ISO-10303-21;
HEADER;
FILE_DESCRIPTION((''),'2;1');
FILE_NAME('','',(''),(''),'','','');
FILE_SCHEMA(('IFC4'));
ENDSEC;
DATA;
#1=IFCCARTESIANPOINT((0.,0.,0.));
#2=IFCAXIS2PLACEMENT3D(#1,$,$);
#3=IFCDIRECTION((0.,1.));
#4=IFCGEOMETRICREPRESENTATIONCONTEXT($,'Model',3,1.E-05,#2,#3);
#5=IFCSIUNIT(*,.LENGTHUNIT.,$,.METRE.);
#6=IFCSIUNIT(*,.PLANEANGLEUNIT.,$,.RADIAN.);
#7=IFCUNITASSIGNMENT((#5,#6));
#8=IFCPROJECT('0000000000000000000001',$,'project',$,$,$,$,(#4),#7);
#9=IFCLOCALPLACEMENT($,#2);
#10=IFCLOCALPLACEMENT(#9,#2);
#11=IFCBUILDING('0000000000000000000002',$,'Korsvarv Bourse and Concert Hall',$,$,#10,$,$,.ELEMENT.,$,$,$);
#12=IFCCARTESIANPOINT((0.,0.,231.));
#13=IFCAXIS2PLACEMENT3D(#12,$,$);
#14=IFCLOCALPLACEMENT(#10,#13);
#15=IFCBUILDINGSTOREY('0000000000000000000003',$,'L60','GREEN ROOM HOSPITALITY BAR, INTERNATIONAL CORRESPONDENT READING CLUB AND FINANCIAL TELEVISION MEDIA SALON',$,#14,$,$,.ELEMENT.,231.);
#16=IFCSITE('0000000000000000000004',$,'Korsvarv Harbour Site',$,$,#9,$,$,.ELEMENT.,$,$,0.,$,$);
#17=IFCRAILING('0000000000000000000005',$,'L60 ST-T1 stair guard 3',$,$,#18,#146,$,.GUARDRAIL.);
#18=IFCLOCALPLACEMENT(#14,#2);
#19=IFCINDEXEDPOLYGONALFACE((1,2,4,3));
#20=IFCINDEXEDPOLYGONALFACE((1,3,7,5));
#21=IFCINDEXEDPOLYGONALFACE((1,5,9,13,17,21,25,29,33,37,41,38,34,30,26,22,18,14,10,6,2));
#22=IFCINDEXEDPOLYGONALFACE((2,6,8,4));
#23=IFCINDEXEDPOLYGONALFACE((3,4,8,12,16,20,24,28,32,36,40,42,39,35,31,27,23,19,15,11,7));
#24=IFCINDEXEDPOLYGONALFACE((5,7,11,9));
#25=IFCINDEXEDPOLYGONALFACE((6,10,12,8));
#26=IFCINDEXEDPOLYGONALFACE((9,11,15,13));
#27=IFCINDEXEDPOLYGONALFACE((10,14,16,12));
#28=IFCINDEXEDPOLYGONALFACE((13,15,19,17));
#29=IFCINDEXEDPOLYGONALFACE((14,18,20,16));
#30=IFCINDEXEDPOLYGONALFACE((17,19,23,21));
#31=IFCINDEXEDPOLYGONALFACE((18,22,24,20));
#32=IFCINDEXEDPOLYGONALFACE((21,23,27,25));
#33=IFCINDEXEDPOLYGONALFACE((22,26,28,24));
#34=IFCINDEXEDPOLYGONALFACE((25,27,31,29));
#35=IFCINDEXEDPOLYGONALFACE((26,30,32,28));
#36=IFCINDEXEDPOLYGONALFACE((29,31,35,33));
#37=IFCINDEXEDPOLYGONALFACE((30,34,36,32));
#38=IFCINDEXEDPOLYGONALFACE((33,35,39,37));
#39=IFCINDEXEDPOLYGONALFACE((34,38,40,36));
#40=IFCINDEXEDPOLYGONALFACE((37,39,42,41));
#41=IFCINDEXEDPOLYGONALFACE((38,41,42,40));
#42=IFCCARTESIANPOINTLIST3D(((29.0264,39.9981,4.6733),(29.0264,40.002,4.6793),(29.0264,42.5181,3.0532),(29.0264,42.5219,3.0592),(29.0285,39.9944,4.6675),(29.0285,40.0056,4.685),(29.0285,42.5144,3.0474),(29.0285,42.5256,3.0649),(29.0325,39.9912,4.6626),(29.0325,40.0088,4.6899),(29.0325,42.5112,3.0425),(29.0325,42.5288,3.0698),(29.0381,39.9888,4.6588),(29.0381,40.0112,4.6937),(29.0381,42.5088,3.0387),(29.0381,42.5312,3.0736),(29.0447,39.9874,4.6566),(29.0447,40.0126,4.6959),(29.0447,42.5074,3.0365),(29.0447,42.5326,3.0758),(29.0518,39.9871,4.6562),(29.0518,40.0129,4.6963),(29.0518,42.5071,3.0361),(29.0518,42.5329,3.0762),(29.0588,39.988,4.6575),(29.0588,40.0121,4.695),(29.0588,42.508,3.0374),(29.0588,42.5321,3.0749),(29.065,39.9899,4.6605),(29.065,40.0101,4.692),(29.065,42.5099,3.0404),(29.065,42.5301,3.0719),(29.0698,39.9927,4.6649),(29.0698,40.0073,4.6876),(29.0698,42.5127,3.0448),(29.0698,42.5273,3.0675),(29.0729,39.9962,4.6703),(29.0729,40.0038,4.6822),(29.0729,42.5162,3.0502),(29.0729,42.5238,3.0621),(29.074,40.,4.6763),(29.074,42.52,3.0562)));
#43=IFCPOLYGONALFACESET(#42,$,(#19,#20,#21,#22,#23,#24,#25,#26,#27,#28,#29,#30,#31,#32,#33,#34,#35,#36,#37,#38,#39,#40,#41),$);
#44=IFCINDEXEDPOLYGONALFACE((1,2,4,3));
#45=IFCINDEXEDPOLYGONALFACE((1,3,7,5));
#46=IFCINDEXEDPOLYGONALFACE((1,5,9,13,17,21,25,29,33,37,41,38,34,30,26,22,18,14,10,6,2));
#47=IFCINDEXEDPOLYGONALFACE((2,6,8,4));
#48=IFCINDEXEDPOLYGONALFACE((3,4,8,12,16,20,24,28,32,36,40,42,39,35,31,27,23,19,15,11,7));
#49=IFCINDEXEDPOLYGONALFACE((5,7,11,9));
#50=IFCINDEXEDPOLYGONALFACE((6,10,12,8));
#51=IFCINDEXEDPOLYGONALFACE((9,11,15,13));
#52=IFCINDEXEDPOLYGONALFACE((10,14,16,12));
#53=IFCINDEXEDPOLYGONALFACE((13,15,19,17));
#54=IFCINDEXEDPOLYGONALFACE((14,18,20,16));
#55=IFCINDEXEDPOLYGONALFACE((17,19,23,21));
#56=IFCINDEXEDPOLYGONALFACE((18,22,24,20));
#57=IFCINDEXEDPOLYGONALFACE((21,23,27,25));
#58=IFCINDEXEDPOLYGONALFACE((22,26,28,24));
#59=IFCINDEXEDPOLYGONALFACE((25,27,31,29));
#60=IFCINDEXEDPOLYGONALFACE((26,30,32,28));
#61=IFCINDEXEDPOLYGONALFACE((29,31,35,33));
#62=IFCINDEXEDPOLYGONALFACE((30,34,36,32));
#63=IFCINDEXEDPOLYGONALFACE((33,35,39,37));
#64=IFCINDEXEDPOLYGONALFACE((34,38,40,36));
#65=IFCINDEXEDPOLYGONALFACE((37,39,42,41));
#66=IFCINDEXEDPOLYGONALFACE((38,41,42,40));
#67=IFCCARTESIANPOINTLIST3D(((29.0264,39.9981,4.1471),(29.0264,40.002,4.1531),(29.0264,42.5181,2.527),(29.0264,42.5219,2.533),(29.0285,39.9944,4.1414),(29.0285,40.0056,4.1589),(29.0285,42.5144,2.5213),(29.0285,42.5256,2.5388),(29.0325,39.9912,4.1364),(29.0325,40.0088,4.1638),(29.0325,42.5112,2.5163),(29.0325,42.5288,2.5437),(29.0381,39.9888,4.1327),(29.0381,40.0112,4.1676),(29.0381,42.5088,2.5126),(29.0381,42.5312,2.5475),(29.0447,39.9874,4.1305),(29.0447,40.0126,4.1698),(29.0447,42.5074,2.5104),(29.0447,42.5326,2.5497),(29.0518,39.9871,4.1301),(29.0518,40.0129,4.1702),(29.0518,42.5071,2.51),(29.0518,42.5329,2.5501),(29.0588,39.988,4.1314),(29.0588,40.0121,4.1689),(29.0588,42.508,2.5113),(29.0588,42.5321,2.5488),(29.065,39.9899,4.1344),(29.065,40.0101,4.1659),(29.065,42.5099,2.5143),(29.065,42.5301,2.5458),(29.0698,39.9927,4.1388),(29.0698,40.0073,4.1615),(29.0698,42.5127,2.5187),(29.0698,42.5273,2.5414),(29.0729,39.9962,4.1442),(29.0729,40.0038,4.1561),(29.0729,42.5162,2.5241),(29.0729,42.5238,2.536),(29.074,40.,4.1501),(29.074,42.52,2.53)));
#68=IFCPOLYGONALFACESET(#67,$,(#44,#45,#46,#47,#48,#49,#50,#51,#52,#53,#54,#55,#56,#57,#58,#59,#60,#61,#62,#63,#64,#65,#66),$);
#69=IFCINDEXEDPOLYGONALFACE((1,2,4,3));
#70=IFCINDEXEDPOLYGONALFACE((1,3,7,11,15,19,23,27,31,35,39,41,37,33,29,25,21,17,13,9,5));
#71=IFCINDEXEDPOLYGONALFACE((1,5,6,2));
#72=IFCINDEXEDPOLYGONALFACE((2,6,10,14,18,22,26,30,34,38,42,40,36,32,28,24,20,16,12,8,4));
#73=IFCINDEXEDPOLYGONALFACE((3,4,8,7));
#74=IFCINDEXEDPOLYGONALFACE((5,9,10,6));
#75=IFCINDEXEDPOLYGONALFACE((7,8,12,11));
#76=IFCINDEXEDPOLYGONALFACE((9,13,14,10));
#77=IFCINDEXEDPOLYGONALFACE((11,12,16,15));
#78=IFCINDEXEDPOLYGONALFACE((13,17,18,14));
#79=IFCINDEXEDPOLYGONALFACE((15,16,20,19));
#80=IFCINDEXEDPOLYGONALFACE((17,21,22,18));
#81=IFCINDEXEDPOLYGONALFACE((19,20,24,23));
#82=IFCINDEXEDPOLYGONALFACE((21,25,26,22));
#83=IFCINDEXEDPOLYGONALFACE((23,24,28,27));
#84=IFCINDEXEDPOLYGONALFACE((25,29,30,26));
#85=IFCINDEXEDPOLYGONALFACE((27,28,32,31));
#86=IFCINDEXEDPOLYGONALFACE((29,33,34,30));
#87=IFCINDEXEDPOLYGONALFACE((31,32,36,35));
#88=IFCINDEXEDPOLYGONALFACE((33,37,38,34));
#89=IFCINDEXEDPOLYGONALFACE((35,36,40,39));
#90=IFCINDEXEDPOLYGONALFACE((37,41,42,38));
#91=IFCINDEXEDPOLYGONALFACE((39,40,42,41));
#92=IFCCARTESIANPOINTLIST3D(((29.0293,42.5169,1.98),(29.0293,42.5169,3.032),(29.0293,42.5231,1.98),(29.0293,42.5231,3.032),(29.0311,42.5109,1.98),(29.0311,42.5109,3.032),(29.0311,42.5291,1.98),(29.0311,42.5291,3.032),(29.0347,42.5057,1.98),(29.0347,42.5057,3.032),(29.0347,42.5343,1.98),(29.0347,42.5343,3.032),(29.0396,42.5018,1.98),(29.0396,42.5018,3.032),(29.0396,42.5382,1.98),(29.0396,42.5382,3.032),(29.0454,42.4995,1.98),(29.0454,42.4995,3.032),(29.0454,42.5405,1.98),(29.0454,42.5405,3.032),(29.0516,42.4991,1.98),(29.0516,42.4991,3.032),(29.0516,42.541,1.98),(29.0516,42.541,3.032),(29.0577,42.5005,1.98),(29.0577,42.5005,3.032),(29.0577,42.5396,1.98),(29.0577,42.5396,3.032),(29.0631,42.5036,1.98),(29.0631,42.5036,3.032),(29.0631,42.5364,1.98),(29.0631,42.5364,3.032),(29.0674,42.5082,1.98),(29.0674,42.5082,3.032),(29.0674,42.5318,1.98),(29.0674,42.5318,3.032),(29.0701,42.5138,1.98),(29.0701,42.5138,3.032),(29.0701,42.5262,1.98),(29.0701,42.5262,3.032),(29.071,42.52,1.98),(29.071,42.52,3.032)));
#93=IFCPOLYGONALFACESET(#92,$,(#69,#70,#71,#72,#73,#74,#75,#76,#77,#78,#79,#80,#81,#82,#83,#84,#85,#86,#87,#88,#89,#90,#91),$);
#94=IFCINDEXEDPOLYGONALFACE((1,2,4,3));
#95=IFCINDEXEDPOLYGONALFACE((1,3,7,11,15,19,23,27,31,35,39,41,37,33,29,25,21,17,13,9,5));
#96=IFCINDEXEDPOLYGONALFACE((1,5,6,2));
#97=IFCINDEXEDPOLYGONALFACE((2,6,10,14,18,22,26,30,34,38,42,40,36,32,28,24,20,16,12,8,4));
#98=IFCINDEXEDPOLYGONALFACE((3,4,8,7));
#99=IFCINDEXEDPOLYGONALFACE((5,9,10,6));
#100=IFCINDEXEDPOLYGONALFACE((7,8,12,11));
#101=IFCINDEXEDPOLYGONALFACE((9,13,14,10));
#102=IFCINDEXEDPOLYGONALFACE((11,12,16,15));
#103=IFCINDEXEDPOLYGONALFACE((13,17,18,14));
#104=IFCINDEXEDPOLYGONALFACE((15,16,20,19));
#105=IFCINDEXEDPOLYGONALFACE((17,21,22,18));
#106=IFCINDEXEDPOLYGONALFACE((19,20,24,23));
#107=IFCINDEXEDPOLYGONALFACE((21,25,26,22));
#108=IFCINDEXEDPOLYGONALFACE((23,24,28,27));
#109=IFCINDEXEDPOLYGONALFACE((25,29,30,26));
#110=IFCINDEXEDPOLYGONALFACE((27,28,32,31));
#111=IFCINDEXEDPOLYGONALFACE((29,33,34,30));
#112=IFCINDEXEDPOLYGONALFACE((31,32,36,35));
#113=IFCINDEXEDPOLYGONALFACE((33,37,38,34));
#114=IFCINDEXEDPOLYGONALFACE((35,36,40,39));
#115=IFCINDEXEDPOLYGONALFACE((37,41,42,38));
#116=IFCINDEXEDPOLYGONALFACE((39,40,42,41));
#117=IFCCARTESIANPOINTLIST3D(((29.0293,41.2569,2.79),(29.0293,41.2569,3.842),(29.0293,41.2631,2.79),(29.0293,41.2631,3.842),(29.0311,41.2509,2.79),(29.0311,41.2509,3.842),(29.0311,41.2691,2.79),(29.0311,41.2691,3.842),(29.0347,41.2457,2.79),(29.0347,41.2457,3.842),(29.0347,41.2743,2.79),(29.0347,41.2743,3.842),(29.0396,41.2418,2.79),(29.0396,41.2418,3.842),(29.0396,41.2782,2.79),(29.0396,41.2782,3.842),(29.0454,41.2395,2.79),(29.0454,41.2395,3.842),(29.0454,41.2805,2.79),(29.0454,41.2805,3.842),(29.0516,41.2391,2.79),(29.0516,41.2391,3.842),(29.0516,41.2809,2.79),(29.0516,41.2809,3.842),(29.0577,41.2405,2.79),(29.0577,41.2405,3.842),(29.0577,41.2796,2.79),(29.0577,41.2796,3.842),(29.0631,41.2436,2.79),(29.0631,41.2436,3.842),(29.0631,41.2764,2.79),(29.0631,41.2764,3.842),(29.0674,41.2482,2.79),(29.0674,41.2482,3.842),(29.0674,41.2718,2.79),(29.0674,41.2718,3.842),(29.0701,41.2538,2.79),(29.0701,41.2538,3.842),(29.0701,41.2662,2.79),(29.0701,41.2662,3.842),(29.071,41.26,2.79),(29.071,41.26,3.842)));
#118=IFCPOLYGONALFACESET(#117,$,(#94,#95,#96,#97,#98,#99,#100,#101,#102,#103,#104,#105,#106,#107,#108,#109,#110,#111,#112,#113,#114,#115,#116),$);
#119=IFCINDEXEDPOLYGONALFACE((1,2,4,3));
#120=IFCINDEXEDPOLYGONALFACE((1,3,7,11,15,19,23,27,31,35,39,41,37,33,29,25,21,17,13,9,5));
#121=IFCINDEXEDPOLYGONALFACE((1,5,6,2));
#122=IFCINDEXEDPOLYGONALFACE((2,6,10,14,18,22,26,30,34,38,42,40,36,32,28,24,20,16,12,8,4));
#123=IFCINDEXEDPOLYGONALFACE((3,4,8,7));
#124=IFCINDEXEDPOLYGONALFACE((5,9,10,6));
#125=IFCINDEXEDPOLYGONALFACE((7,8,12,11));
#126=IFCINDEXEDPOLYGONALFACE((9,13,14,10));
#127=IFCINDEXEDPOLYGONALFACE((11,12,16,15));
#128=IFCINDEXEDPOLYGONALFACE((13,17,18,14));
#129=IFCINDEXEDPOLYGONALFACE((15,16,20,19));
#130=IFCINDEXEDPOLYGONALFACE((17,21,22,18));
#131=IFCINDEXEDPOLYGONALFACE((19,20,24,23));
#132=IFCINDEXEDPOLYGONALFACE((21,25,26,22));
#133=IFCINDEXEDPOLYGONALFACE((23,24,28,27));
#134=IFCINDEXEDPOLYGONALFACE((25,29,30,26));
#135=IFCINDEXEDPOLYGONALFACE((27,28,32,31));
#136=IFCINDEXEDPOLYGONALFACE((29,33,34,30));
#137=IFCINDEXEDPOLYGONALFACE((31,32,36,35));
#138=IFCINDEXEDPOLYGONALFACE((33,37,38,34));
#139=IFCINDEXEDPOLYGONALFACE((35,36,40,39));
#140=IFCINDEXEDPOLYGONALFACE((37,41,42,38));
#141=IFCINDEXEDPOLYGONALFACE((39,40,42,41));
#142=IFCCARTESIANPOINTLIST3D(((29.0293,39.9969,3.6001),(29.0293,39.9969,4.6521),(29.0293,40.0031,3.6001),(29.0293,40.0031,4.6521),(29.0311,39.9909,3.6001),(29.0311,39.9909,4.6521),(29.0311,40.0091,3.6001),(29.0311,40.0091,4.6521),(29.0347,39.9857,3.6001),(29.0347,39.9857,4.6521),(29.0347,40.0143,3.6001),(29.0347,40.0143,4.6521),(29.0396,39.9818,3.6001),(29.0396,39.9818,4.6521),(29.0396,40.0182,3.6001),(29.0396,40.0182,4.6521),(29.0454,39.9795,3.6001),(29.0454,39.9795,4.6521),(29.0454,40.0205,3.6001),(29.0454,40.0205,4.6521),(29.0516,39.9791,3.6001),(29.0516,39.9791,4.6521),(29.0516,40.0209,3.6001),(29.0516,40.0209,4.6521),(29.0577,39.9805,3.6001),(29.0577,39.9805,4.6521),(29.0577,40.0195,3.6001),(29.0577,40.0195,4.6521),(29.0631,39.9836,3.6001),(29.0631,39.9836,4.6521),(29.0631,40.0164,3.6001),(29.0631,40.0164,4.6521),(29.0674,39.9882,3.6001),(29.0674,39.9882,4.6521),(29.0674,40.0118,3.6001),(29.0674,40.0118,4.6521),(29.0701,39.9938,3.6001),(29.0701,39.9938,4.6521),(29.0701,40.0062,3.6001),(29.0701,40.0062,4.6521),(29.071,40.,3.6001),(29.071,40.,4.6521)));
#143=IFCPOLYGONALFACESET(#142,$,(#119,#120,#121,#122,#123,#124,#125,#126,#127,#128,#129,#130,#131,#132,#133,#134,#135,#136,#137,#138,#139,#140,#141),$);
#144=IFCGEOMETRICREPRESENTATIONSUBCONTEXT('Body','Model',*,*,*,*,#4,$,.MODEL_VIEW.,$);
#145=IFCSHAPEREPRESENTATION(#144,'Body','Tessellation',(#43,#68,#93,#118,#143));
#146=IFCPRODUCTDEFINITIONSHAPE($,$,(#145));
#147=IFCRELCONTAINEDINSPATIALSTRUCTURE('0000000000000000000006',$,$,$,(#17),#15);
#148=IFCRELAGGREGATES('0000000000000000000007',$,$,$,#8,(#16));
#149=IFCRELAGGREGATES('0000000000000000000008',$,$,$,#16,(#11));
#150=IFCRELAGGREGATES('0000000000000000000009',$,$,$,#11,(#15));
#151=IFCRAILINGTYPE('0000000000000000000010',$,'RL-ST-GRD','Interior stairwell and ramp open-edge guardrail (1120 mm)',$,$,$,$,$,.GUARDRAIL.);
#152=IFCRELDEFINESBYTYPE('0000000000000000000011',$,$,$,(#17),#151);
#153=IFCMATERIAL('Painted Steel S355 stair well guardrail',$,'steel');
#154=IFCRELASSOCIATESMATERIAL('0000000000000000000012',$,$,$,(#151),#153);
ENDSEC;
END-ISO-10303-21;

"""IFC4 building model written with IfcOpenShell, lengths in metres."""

from ifc_helpers import new_model, si_unit, direction, frame, origin, origin_2d, place, context, subcontext, project, spatial, circle, extrude, material, type_object, element, save


model = new_model("IFC4")

# Units and contexts
model_context = context("Model", 3, precision=1e-05, world=origin(), true_north=direction((0.0, 1.0)))
body_context = subcontext(model_context, "Body", "Model", "MODEL_VIEW")
ifc_project = project(units=[si_unit("LENGTHUNIT", "METRE"), si_unit("PLANEANGLEUNIT", "RADIAN")], contexts=[model_context])

# Site, building, storey
site_placement = place(None, origin())
site = spatial("IfcSite", under=ifc_project, at=site_placement, Name="Korsvarv Harbour Site", CompositionType="ELEMENT", RefElevation=0.0)
building_placement = place(site_placement, origin())
building = spatial("IfcBuilding", under=site, at=building_placement, Name="Korsvarv Bourse and Concert Hall", CompositionType="ELEMENT")
storey_placement = place(building_placement, frame((0.0, 0.0, 231.0)))
storey = spatial("IfcBuildingStorey", under=building, at=storey_placement, Name="L60", Description="GREEN ROOM HOSPITALITY BAR, INTERNATIONAL CORRESPONDENT READING CLUB AND FINANCIAL TELEVISION MEDIA SALON", CompositionType="ELEMENT", Elevation=231.0)

# Railing
ifc_material_1 = material(Name="Painted Steel S355 stair well guardrail", Category="steel")
railing_type_1 = type_object("IfcRailingType", Name="RL-ST-GRD", Description="Interior stairwell and ramp open-edge guardrail (1120 mm)", PredefinedType="GUARDRAIL", material=ifc_material_1)
railing_1_placement = place(storey_placement, frame((29.05, 42.52, 1.98)))
element("IfcRailing", 1, at=railing_1_placement, inside=storey, type_object=railing_type_1, Name="L60 ST-T1 stair guard 3", PredefinedType="GUARDRAIL", context=body_context, shape_type="SweptSolid", body=[
    extrude(circle(Radius=0.0239, at=origin_2d()), frame((0.0, 0.0, 1.0762), z_axis=(0.0, -0.841163, 0.540782), x_axis=(1.0, 0.0, 0.0)), (0.0, 0.0, 1.0), 2.9958),
    extrude(circle(Radius=0.0239, at=origin_2d()), frame((0.0, 0.0, 0.55), z_axis=(0.0, -0.841163, 0.540782), x_axis=(1.0, 0.0, 0.0)), (0.0, 0.0, 1.0), 2.9958),
    extrude(circle(Radius=0.021, at=origin_2d()), origin(), (0.0, 0.0, 1.0), 1.052),
    extrude(circle(Radius=0.021, at=origin_2d()), frame((0.0, -1.26, 0.8101)), (0.0, 0.0, 1.0), 1.052),
    extrude(circle(Radius=0.021, at=origin_2d()), frame((0.0, -2.52, 1.6201)), (0.0, 0.0, 1.0), 1.052),
])

save(model, "model.ifc")
